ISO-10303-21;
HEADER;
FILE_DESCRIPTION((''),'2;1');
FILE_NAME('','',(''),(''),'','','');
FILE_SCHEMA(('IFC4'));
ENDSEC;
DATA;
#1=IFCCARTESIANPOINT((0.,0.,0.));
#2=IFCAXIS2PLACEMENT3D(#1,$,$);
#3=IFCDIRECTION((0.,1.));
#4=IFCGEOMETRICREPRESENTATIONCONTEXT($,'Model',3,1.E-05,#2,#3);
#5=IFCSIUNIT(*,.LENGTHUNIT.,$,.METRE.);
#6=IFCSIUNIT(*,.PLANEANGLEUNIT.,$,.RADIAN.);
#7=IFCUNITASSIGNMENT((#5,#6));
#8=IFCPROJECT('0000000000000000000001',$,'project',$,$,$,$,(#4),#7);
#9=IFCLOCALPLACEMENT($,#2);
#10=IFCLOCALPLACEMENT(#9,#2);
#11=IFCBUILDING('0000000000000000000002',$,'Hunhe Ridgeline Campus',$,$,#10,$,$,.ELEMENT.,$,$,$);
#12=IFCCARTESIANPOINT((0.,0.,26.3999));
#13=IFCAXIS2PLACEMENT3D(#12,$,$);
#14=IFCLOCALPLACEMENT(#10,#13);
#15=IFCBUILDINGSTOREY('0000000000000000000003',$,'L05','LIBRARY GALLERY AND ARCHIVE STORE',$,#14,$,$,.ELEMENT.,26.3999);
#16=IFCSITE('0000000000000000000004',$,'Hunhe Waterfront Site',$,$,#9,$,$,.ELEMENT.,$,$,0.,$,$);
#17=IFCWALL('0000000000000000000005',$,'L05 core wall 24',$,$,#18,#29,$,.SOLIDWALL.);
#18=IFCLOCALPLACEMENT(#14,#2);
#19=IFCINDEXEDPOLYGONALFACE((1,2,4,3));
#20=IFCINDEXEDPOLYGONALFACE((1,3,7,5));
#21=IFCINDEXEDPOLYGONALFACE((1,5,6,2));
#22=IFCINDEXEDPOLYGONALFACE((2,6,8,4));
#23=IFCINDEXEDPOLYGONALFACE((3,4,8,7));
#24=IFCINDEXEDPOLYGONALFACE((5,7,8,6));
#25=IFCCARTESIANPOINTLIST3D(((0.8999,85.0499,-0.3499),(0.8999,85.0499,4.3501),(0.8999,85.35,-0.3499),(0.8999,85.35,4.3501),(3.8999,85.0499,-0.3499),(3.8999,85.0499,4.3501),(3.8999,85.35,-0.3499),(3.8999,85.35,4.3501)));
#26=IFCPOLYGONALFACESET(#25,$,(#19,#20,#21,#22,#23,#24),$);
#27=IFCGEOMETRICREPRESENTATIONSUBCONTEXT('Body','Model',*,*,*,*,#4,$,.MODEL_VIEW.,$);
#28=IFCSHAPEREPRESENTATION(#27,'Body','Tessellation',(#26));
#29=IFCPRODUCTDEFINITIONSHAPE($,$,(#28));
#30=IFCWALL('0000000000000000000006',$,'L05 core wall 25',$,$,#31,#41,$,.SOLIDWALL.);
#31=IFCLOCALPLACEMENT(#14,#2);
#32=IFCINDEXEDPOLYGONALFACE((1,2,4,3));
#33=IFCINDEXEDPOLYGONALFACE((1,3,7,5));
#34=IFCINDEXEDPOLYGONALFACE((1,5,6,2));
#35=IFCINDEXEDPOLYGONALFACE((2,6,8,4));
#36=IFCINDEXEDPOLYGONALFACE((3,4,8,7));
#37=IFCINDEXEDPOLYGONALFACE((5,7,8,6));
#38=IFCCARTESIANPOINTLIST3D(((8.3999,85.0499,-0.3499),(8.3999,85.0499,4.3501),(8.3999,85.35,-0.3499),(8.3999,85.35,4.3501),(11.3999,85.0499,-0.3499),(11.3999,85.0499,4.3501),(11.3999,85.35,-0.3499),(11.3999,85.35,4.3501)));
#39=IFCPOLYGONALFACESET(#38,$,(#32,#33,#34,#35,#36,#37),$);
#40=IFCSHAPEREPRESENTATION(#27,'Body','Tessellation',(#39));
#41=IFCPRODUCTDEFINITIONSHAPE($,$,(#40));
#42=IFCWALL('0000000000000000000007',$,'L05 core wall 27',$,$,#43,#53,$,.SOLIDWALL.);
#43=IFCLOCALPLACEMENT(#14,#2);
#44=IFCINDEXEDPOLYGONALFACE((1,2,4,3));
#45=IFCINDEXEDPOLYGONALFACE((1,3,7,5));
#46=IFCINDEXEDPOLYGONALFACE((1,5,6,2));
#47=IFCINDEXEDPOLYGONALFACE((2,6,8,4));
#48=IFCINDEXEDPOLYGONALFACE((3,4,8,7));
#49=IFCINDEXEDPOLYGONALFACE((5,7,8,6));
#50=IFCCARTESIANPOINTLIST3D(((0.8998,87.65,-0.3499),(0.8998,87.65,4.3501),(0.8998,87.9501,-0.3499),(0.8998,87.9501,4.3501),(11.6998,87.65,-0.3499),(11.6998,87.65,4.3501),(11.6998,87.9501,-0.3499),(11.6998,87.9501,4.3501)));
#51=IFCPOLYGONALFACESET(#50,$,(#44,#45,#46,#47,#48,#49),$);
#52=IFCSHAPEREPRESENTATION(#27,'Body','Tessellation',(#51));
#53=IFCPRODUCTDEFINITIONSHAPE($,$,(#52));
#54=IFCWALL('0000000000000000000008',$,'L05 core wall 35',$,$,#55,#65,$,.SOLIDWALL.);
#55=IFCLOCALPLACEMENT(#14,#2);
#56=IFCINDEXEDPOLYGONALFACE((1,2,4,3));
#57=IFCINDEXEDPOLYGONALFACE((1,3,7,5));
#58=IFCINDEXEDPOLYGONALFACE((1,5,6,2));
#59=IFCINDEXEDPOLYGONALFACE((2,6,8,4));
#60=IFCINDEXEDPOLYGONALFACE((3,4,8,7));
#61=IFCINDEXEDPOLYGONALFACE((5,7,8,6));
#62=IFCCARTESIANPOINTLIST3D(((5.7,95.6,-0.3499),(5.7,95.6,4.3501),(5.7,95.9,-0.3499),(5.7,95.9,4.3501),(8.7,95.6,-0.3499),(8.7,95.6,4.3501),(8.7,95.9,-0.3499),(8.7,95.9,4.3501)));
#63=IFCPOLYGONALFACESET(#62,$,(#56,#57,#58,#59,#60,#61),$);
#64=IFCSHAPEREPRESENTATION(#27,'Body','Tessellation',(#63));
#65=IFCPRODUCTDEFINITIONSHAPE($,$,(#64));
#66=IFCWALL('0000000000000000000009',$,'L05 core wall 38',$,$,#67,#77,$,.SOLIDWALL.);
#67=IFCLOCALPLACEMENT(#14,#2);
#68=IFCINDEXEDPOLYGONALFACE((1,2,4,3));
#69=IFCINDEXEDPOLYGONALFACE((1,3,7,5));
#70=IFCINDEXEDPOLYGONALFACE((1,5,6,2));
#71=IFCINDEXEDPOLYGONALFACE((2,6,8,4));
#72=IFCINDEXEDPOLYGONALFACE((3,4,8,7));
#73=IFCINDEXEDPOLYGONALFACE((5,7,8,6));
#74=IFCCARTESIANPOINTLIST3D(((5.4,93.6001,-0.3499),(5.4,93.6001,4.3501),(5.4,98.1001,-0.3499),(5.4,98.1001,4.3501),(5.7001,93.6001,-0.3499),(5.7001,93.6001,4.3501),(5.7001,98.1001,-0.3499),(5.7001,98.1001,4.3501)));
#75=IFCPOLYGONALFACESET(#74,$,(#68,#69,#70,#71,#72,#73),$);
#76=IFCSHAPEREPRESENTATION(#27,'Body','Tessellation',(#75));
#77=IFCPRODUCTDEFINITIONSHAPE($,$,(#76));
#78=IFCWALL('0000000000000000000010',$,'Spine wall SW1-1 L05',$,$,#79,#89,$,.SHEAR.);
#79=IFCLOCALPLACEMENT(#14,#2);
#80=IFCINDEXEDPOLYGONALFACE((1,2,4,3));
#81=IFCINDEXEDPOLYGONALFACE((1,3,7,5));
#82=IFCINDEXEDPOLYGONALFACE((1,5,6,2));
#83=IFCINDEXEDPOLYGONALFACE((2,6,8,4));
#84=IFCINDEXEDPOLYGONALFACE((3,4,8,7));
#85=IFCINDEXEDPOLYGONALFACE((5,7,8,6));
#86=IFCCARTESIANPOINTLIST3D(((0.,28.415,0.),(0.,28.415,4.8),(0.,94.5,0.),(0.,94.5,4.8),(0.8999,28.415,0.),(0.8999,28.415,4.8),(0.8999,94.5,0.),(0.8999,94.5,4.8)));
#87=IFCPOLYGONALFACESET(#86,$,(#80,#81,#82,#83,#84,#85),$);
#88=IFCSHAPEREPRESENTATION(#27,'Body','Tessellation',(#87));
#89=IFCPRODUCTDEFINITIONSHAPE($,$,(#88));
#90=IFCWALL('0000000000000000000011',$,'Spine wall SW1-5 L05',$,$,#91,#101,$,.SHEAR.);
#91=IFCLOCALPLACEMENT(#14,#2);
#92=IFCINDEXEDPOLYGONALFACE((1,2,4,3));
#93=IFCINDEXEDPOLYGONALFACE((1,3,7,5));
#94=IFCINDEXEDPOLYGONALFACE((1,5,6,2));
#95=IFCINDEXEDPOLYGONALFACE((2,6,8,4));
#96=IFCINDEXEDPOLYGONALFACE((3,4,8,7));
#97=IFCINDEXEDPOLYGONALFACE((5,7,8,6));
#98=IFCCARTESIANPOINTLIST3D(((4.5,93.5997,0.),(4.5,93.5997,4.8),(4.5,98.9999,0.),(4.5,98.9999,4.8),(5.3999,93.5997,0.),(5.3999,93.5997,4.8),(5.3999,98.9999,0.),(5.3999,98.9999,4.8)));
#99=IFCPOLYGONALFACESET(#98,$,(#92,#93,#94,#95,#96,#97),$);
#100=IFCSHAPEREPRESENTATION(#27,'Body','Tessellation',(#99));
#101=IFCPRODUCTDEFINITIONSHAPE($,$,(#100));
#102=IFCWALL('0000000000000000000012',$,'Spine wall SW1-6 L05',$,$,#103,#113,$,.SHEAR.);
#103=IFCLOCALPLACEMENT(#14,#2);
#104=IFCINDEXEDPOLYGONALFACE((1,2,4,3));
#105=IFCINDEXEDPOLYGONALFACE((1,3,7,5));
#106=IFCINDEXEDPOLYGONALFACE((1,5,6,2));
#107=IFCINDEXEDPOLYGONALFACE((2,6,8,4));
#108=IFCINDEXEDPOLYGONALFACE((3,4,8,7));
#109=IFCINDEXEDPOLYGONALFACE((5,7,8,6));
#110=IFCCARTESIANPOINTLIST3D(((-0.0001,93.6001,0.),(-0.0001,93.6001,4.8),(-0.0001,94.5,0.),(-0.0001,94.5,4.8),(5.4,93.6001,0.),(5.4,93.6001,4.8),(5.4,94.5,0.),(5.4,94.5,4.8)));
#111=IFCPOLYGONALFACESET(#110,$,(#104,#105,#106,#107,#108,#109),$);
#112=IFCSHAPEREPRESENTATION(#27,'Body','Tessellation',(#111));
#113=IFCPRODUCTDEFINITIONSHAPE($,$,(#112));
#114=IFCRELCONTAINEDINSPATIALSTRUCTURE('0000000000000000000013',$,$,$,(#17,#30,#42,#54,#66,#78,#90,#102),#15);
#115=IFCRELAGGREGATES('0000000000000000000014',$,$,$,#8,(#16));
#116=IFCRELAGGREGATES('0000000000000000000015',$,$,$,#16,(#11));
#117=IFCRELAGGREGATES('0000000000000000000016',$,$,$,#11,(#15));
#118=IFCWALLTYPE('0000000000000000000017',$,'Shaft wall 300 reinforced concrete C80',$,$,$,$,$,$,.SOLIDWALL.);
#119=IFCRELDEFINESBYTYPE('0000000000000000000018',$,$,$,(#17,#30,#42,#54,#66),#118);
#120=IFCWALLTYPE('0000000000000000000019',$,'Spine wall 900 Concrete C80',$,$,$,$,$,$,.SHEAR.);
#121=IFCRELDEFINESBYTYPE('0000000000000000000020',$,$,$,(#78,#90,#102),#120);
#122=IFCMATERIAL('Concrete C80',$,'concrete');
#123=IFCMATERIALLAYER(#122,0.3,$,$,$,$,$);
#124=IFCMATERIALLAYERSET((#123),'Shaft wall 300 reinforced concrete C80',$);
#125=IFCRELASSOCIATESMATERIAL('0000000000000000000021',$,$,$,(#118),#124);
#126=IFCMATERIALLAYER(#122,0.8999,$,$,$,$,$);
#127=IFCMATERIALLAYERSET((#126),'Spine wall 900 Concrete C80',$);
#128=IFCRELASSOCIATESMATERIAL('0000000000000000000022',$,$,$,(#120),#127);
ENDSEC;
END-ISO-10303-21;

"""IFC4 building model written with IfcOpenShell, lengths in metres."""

from ifc_helpers import new_model, si_unit, direction, frame, frame_2d, origin, place, context, subcontext, project, spatial, rectangle, extrude, material, layer, layer_set, type_object, element, save


model = new_model("IFC4")

# Units and contexts
model_context = context("Model", 3, precision=1e-05, world=origin(), true_north=direction((0.0, 1.0)))
body_context = subcontext(model_context, "Body", "Model", "MODEL_VIEW")
ifc_project = project(units=[si_unit("LENGTHUNIT", "METRE"), si_unit("PLANEANGLEUNIT", "RADIAN")], contexts=[model_context])

# Site, building, storey
site_placement = place(None, origin())
site = spatial("IfcSite", under=ifc_project, at=site_placement, Name="Hunhe Waterfront Site", CompositionType="ELEMENT", RefElevation=0.0)
building_placement = place(site_placement, origin())
building = spatial("IfcBuilding", under=site, at=building_placement, Name="Hunhe Ridgeline Campus", CompositionType="ELEMENT")
storey_placement = place(building_placement, frame((0.0, 0.0, 26.3999)))
storey = spatial("IfcBuildingStorey", under=building, at=storey_placement, Name="L05", Description="LIBRARY GALLERY AND ARCHIVE STORE", CompositionType="ELEMENT", Elevation=26.3999)

# Shared definitions
ifc_material_1 = material(Name="Concrete C80", Category="concrete")

# Walls
ifc_layer_1 = layer(ifc_material_1, 0.3)
ifc_layer_set_1 = layer_set([ifc_layer_1], Name="Shaft wall 300 reinforced concrete C80")
wall_type_1 = type_object("IfcWallType", Name="Shaft wall 300 reinforced concrete C80", PredefinedType="SOLIDWALL", material=ifc_layer_set_1)
for number, where, z_axis, x_axis, name in (
    (1, (0.8999, 85.2, -0.3499), (0.0, 0.0, 1.0), (1.0, 0.0, 0.0), "L05 core wall 24"),
    (2, (8.3999, 85.2, -0.3499), (0.0, 0.0, 1.0), (1.0, 0.0, 0.0), "L05 core wall 25"),
):
    element("IfcWall", number, at=place(storey_placement, frame(where, z_axis=z_axis, x_axis=x_axis)), inside=storey, type_object=wall_type_1, Name=name, PredefinedType="SOLIDWALL", context=body_context, shape_type="SweptSolid", body=[
        extrude(rectangle(XDim=3.0, YDim=0.3, at=frame_2d((1.5, 0.0))), origin(), (0.0, 0.0, 1.0), 4.7),
    ])
wall_1_placement = place(storey_placement, frame((0.8999, 87.8, -0.3499), z_axis=(0.0, 0.0, 1.0), x_axis=(1.0, 0.0, 0.0)))
element("IfcWall", 3, at=wall_1_placement, inside=storey, type_object=wall_type_1, Name="L05 core wall 27", PredefinedType="SOLIDWALL", context=body_context, shape_type="SweptSolid", body=[
    extrude(rectangle(XDim=10.8, YDim=0.3, at=frame_2d((5.3999, 0.0))), origin(), (0.0, 0.0, 1.0), 4.7),
])

# Walls
wall_2_placement = place(storey_placement, frame((5.7, 95.75, -0.3499), z_axis=(0.0, 0.0, 1.0), x_axis=(1.0, 0.0, 0.0)))
element("IfcWall", 4, at=wall_2_placement, inside=storey, type_object=wall_type_1, Name="L05 core wall 35", PredefinedType="SOLIDWALL", context=body_context, shape_type="SweptSolid", body=[
    extrude(rectangle(XDim=3.0, YDim=0.3, at=frame_2d((1.5, 0.0))), origin(), (0.0, 0.0, 1.0), 4.7),
])
wall_3_placement = place(storey_placement, frame((5.55, 93.6001, -0.3499), z_axis=(0.0, 0.0, 1.0), x_axis=(0.0, 1.0, 0.0)))
element("IfcWall", 5, at=wall_3_placement, inside=storey, type_object=wall_type_1, Name="L05 core wall 38", PredefinedType="SOLIDWALL", context=body_context, shape_type="SweptSolid", body=[
    extrude(rectangle(XDim=4.5, YDim=0.3, at=frame_2d((2.25, 0.0))), origin(), (0.0, 0.0, 1.0), 4.7),
])

# Walls
ifc_layer_2 = layer(ifc_material_1, 0.8999)
ifc_layer_set_2 = layer_set([ifc_layer_2], Name="Spine wall 900 Concrete C80")
wall_type_2 = type_object("IfcWallType", Name="Spine wall 900 Concrete C80", PredefinedType="SHEAR", material=ifc_layer_set_2)
wall_4_placement = place(storey_placement, frame((0.45, 94.5, 0.0), z_axis=(0.0, 0.0, 1.0), x_axis=(0.0, -1.0, 0.0)))
element("IfcWall", 6, at=wall_4_placement, inside=storey, type_object=wall_type_2, Name="Spine wall SW1-1 L05", PredefinedType="SHEAR", context=body_context, shape_type="SweptSolid", body=[
    extrude(rectangle(XDim=66.085, YDim=0.8999, at=frame_2d((33.0425, 0.0))), origin(), (0.0, 0.0, 1.0), 4.8),
])
for number, where, z_axis, x_axis, name in (
    (7, (4.95, 99.0, 0.0), (0.0, 0.0, 1.0), (0.0, -1.0, 0.0), "Spine wall SW1-5 L05"),
    (8, (5.4001, 94.05, 0.0), (0.0, 0.0, 1.0), (-1.0, 0.0, 0.0), "Spine wall SW1-6 L05"),
):
    element("IfcWall", number, at=place(storey_placement, frame(where, z_axis=z_axis, x_axis=x_axis)), inside=storey, type_object=wall_type_2, Name=name, PredefinedType="SHEAR", context=body_context, shape_type="SweptSolid", body=[
        extrude(rectangle(XDim=5.4001, YDim=0.8999, at=frame_2d((2.7002, 0.0))), origin(), (0.0, 0.0, 1.0), 4.8),
    ])

save(model, "model.ifc")
